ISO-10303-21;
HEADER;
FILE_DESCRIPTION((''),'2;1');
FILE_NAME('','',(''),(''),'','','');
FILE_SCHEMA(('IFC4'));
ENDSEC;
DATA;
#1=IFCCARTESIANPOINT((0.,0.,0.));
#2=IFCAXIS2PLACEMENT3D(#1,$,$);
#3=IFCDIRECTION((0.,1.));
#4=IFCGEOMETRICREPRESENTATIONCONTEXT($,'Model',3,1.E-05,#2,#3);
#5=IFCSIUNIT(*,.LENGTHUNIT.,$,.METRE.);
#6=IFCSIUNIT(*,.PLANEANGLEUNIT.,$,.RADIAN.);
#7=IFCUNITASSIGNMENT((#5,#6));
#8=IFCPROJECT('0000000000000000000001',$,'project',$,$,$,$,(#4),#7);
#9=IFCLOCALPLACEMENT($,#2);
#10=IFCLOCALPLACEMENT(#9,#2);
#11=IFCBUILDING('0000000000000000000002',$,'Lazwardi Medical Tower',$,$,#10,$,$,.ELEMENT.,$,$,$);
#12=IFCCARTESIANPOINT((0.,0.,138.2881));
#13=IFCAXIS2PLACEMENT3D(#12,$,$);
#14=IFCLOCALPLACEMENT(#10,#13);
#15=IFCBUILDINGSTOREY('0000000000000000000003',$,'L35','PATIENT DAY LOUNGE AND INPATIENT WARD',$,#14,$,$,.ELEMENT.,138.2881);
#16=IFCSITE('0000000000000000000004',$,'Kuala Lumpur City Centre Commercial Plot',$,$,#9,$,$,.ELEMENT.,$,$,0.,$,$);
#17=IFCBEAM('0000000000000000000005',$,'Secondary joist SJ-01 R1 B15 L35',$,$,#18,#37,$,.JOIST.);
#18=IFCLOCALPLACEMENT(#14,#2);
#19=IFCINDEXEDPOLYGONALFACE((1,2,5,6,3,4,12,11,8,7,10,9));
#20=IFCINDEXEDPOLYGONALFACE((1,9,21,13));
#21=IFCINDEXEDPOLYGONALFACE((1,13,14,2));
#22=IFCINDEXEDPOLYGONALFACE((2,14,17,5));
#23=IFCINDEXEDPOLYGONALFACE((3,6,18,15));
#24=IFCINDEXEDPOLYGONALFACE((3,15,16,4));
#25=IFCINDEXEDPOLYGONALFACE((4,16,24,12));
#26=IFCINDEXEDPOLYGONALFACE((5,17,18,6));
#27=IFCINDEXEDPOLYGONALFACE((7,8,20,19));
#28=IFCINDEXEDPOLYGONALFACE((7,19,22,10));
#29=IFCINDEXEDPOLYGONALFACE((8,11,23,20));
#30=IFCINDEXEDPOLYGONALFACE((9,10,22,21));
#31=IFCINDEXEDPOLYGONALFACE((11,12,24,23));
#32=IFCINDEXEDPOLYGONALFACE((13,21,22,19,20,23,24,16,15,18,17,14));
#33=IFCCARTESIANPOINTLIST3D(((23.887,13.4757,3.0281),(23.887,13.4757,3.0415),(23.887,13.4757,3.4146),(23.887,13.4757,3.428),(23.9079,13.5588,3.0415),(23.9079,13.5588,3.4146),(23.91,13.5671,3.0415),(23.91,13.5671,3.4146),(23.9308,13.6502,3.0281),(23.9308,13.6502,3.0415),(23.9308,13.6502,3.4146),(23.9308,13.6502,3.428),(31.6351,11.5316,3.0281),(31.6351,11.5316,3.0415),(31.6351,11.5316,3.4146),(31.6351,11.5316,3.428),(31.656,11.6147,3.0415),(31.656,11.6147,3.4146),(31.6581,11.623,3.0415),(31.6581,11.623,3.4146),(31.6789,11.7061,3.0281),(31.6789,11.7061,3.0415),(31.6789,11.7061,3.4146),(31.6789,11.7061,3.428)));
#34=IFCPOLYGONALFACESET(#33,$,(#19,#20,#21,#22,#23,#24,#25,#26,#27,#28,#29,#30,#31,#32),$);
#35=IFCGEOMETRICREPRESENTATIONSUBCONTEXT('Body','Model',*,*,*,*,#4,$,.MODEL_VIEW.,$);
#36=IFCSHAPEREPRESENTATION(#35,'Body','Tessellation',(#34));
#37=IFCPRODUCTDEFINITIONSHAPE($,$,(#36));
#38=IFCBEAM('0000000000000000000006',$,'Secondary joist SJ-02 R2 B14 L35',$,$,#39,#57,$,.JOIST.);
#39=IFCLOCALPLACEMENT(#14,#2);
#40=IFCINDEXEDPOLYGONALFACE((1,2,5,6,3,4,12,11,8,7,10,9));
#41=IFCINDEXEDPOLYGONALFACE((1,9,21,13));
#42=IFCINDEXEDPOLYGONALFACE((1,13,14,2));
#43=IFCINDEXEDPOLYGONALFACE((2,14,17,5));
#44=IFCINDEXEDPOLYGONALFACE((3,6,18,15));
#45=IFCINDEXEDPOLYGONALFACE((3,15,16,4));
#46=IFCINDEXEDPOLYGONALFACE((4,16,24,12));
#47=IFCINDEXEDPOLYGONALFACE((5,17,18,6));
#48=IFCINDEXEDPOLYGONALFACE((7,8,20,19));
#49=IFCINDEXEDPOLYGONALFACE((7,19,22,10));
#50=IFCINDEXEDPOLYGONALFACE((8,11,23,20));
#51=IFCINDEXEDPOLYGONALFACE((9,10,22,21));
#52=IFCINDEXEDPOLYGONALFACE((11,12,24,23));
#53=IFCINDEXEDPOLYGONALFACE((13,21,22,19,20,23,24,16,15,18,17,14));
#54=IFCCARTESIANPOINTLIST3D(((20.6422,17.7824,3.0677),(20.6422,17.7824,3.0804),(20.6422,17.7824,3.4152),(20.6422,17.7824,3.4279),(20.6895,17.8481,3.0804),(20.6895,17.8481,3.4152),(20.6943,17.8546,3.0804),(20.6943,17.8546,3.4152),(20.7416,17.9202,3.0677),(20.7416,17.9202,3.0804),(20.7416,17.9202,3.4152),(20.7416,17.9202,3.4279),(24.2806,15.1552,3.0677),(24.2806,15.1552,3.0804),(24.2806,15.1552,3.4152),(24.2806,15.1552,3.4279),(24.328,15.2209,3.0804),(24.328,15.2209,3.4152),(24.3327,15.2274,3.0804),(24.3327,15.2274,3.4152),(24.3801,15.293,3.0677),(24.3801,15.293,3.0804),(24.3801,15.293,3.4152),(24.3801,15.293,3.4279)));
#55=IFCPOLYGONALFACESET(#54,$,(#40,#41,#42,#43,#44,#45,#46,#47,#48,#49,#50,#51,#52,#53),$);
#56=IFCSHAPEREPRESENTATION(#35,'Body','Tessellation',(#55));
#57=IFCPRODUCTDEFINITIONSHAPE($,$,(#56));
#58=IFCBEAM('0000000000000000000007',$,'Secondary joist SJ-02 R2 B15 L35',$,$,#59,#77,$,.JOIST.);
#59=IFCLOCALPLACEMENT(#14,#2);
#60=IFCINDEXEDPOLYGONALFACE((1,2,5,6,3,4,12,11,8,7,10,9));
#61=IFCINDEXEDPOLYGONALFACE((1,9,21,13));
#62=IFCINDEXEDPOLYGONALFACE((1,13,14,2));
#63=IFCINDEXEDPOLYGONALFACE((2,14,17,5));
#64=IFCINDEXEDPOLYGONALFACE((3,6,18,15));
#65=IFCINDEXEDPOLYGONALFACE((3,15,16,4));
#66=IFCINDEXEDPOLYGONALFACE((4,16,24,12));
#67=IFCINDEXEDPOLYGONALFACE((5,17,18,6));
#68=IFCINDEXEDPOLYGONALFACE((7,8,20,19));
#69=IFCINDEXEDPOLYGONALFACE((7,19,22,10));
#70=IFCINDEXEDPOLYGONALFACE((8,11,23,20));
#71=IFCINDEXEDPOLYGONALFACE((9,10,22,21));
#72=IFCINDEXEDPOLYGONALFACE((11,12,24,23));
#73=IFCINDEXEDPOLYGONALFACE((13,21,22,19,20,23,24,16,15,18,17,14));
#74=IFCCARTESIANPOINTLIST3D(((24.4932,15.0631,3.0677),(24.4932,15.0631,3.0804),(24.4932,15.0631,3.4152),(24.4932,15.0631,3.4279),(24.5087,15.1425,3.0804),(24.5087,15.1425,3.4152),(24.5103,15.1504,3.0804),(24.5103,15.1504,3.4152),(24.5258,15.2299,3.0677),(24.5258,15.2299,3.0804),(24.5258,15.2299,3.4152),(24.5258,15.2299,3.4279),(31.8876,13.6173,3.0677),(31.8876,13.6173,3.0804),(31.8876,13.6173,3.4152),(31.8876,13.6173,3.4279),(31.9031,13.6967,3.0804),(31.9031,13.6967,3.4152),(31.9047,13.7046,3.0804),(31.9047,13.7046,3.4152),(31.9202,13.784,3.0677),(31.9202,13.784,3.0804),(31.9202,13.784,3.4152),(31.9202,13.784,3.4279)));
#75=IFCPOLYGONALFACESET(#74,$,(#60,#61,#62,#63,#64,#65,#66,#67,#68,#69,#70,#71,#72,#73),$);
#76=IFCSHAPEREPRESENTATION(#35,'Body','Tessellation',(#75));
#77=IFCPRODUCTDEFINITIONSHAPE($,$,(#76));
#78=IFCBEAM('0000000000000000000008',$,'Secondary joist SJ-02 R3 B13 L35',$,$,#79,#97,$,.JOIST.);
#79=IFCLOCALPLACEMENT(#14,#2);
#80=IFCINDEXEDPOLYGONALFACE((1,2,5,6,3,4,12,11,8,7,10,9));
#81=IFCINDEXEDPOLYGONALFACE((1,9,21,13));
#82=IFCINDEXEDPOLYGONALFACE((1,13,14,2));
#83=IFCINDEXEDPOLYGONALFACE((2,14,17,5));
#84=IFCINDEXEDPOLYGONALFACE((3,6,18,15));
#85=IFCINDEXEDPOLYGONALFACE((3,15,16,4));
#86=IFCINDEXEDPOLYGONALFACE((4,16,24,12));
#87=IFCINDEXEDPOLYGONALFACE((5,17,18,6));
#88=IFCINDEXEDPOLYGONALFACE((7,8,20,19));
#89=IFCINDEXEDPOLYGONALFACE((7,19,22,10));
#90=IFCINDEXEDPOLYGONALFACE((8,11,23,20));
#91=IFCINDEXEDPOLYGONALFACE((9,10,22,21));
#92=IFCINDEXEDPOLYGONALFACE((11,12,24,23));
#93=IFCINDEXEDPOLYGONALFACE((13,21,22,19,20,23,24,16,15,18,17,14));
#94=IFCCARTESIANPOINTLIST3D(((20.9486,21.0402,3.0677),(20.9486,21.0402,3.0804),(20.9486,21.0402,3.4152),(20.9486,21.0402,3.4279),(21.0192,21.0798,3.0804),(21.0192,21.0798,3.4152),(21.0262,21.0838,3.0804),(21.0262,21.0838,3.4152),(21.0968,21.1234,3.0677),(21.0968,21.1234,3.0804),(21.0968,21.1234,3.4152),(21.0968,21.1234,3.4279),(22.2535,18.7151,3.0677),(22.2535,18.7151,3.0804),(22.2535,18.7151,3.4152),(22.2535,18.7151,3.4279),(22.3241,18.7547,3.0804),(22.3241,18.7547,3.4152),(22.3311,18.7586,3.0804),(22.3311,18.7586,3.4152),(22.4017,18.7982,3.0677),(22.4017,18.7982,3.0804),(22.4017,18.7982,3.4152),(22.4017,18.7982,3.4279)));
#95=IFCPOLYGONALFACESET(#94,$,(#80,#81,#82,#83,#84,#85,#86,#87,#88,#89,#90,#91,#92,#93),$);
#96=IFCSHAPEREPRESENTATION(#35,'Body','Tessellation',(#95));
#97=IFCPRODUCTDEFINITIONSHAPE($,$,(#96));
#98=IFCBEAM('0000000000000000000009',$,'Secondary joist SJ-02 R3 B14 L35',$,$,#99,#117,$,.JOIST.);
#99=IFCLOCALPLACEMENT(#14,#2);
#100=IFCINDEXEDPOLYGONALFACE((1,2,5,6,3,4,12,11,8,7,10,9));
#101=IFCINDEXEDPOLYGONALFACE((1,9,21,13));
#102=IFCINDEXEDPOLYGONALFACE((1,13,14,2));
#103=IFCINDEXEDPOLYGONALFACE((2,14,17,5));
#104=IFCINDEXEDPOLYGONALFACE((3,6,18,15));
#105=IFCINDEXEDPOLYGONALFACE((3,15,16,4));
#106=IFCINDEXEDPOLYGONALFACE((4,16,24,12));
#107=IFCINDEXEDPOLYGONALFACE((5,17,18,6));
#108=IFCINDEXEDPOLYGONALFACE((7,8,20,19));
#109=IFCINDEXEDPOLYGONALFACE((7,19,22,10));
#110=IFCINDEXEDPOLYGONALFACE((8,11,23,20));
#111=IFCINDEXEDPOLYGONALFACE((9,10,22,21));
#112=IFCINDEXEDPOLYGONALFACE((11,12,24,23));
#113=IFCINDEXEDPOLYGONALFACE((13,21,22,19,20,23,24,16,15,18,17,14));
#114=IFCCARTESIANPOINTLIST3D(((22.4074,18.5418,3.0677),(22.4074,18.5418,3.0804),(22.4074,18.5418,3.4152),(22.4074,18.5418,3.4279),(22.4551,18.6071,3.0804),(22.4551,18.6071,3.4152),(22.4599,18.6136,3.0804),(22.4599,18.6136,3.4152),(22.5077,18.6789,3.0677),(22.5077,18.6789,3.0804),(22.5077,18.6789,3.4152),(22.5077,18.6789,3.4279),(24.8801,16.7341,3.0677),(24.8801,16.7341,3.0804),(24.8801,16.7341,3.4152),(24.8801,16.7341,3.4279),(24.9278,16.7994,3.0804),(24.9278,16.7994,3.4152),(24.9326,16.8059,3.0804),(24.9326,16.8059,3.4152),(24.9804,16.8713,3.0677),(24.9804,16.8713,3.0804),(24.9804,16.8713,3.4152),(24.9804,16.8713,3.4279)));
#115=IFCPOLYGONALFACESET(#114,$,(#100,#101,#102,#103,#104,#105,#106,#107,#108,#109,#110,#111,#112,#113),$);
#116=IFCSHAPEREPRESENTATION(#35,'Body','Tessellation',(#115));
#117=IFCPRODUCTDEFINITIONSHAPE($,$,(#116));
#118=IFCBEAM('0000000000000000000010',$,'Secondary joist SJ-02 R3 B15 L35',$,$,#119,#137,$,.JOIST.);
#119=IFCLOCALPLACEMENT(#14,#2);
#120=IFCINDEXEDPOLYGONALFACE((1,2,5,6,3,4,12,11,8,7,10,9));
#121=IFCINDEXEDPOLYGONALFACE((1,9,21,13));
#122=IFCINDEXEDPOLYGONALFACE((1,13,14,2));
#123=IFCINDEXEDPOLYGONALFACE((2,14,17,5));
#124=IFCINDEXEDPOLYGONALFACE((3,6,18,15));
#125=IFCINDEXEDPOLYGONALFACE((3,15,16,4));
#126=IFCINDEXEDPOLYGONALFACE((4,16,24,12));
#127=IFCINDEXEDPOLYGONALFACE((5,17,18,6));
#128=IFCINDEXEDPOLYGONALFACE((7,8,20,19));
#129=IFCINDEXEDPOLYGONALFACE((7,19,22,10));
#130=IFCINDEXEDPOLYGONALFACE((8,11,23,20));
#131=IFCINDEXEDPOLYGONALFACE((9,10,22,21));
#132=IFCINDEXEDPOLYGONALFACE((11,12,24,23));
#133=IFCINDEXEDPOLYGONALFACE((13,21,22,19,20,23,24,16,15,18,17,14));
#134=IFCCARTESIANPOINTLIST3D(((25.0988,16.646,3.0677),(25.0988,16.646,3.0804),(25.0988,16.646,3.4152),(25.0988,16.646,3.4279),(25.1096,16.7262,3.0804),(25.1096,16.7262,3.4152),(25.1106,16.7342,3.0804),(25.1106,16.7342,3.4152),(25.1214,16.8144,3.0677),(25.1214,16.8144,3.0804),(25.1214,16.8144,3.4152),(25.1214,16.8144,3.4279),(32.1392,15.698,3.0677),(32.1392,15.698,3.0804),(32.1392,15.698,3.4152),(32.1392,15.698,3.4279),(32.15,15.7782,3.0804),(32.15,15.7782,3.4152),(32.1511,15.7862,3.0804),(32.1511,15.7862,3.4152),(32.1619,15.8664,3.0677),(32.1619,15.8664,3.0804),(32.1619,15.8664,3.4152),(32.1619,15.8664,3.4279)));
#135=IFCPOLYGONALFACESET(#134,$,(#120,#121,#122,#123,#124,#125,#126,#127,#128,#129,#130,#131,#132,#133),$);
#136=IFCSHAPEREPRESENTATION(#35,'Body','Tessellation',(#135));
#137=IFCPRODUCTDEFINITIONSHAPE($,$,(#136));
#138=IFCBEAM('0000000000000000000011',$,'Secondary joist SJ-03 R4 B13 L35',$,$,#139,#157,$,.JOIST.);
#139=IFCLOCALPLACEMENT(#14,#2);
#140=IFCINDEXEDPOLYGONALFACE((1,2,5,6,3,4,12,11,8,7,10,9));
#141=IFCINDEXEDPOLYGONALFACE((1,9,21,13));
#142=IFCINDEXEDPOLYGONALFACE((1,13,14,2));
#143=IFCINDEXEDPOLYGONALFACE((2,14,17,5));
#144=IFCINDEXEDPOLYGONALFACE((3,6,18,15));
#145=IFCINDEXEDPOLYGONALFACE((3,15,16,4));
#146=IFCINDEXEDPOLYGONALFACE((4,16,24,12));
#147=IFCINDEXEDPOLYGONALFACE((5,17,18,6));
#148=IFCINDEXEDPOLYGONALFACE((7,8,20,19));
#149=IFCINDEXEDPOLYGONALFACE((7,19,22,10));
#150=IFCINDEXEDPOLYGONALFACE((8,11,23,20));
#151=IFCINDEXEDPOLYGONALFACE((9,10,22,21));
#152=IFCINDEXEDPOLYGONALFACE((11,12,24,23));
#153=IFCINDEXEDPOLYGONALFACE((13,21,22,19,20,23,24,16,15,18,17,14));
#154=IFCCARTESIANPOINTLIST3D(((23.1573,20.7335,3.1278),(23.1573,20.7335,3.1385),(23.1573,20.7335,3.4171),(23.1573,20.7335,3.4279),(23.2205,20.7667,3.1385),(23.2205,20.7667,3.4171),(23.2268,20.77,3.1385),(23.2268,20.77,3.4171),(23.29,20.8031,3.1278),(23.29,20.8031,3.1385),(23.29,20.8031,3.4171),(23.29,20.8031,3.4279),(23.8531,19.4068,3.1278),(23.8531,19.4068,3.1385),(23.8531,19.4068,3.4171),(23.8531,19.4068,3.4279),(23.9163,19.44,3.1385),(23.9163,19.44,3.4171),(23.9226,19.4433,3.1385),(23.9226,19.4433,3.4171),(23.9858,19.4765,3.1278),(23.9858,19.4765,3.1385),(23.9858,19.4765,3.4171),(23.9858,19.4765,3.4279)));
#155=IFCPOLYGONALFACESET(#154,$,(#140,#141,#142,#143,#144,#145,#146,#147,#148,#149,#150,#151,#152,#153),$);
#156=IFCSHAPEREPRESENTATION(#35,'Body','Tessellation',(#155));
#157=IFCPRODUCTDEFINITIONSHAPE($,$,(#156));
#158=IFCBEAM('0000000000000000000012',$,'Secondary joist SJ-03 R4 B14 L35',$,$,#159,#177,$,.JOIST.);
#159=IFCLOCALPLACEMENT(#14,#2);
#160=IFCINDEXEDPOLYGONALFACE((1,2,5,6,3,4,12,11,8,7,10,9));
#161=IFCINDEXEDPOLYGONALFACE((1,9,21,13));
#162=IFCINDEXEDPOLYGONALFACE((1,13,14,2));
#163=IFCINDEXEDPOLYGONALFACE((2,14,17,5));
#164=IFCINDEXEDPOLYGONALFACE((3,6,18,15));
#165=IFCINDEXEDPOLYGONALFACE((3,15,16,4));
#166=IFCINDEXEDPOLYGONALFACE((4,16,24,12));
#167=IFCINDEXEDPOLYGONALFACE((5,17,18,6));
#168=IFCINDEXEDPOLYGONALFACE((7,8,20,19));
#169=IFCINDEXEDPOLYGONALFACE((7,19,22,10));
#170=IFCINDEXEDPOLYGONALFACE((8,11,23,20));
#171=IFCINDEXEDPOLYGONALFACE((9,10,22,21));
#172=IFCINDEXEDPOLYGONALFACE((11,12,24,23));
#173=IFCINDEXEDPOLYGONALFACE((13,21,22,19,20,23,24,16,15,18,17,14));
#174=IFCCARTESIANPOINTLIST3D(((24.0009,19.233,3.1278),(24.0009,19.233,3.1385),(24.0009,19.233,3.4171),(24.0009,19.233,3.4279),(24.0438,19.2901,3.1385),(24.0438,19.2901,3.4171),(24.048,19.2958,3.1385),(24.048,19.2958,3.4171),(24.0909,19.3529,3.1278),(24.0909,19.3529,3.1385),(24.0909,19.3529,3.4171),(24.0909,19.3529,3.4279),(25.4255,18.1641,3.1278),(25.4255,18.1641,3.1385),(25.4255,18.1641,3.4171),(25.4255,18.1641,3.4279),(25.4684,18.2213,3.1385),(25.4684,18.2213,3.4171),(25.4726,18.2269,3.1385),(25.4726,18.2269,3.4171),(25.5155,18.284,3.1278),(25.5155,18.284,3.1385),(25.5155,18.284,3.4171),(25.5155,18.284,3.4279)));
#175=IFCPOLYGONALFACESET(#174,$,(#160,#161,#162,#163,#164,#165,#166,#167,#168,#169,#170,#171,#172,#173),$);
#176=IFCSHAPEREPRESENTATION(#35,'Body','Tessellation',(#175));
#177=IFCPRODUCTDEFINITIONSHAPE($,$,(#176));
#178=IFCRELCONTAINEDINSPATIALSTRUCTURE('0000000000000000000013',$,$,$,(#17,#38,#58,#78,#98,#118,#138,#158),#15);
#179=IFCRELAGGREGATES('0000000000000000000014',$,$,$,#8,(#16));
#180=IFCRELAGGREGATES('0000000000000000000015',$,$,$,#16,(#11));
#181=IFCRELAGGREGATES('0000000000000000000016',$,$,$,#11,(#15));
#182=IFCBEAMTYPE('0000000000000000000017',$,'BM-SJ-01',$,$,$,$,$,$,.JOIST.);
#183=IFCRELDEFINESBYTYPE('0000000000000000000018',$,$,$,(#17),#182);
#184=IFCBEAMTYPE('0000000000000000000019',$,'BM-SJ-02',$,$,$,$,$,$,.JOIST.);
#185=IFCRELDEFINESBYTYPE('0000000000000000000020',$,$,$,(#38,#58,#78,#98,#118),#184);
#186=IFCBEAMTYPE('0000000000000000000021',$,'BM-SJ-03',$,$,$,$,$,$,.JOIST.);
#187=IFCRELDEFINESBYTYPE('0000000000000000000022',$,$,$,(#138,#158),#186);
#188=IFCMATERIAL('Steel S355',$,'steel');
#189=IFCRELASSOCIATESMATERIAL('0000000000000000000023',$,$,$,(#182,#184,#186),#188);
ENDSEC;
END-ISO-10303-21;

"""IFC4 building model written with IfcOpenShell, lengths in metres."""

from ifc_helpers import new_model, si_unit, direction, frame, origin, origin_2d, place, context, subcontext, project, spatial, i_section, extrude, material, material_profile, profile_set, type_object, element, save


model = new_model("IFC4")

# Units and contexts
model_context = context("Model", 3, precision=1e-05, world=origin(), true_north=direction((0.0, 1.0)))
body_context = subcontext(model_context, "Body", "Model", "MODEL_VIEW")
ifc_project = project(units=[si_unit("LENGTHUNIT", "METRE"), si_unit("PLANEANGLEUNIT", "RADIAN")], contexts=[model_context])

# Site, building, storey
site_placement = place(None, origin())
site = spatial("IfcSite", under=ifc_project, at=site_placement, Name="Kuala Lumpur City Centre Commercial Plot", CompositionType="ELEMENT", RefElevation=0.0)
building_placement = place(site_placement, origin())
building = spatial("IfcBuilding", under=site, at=building_placement, Name="Lazwardi Medical Tower", CompositionType="ELEMENT")
storey_placement = place(building_placement, frame((0.0, 0.0, 138.2881)))
storey = spatial("IfcBuildingStorey", under=building, at=storey_placement, Name="L35", Description="PATIENT DAY LOUNGE AND INPATIENT WARD", CompositionType="ELEMENT", Elevation=138.2881)

# Beams
ifc_material_1 = material(Name="Steel S355", Category="steel")
ifc_material_profile_1 = material_profile(ifc_material_1, i_section(OverallWidth=0.1799, OverallDepth=0.3999, WebThickness=0.0085, FlangeThickness=0.0134, at=origin_2d()), Name="IPE 400")
ifc_profile_set_1 = profile_set([ifc_material_profile_1], Name="Steel S355")
beam_type_1 = type_object("IfcBeamType", Name="BM-SJ-01", PredefinedType="JOIST", material=ifc_profile_set_1)
beam_1_placement = place(storey_placement, frame((23.9089, 13.563, 3.228), z_axis=(0.969934, -0.24337, 0.0), x_axis=(0.24337, 0.969934, 0.0)))
element("IfcBeam", 1, at=beam_1_placement, inside=storey, type_object=beam_type_1, Name="Secondary joist SJ-01 R1 B15 L35", PredefinedType="JOIST", context=body_context, shape_type="SweptSolid", body=[
    extrude(i_section(OverallWidth=0.1799, OverallDepth=0.3999, WebThickness=0.0085, FlangeThickness=0.0134, at=origin_2d()), origin(), (0.0, 0.0, 1.0), 7.9883),
])
ifc_material_profile_2 = material_profile(ifc_material_1, i_section(OverallWidth=0.1699, OverallDepth=0.3601, WebThickness=0.0081, FlangeThickness=0.0127, at=origin_2d()), Name="IPE 360")
ifc_profile_set_2 = profile_set([ifc_material_profile_2], Name="Steel S355")
beam_type_2 = type_object("IfcBeamType", Name="BM-SJ-02", PredefinedType="JOIST", material=ifc_profile_set_2)
beam_2_placement = place(storey_placement, frame((20.6919, 17.8513, 3.2478), z_axis=(0.810738, -0.585409, 0.0), x_axis=(0.585409, 0.810738, 0.0)))
element("IfcBeam", 2, at=beam_2_placement, inside=storey, type_object=beam_type_2, Name="Secondary joist SJ-02 R2 B14 L35", PredefinedType="JOIST", context=body_context, shape_type="SweptSolid", body=[
    extrude(i_section(OverallWidth=0.1699, OverallDepth=0.3601, WebThickness=0.0081, FlangeThickness=0.0127, at=origin_2d()), origin(), (0.0, 0.0, 1.0), 4.4878),
])
beam_3_placement = place(storey_placement, frame((24.5095, 15.1465, 3.2478), z_axis=(0.981415, -0.191896, 0.0), x_axis=(0.191896, 0.981415, 0.0)))
element("IfcBeam", 3, at=beam_3_placement, inside=storey, type_object=beam_type_2, Name="Secondary joist SJ-02 R2 B15 L35", PredefinedType="JOIST", context=body_context, shape_type="SweptSolid", body=[
    extrude(i_section(OverallWidth=0.1699, OverallDepth=0.3601, WebThickness=0.0081, FlangeThickness=0.0127, at=origin_2d()), origin(), (0.0, 0.0, 1.0), 7.5344),
])
beam_4_placement = place(storey_placement, frame((21.0227, 21.0818, 3.2478), z_axis=(0.489409, -0.872054, 0.0), x_axis=(0.872054, 0.489409, 0.0)))
element("IfcBeam", 4, at=beam_4_placement, inside=storey, type_object=beam_type_2, Name="Secondary joist SJ-02 R3 B13 L35", PredefinedType="JOIST", context=body_context, shape_type="SweptSolid", body=[
    extrude(i_section(OverallWidth=0.1699, OverallDepth=0.3601, WebThickness=0.0081, FlangeThickness=0.0127, at=origin_2d()), origin(), (0.0, 0.0, 1.0), 2.6663),
])
beam_5_placement = place(storey_placement, frame((22.4575, 18.6104, 3.2478), z_axis=(0.807286, -0.59016, 0.0), x_axis=(0.59016, 0.807286, 0.0)))
element("IfcBeam", 5, at=beam_5_placement, inside=storey, type_object=beam_type_2, Name="Secondary joist SJ-02 R3 B14 L35", PredefinedType="JOIST", context=body_context, shape_type="SweptSolid", body=[
    extrude(i_section(OverallWidth=0.1699, OverallDepth=0.3601, WebThickness=0.0081, FlangeThickness=0.0127, at=origin_2d()), origin(), (0.0, 0.0, 1.0), 3.063),
])
beam_6_placement = place(storey_placement, frame((25.1101, 16.7302, 3.2478), z_axis=(0.991056, -0.133444, 0.0), x_axis=(0.133444, 0.991056, 0.0)))
element("IfcBeam", 6, at=beam_6_placement, inside=storey, type_object=beam_type_2, Name="Secondary joist SJ-02 R3 B15 L35", PredefinedType="JOIST", context=body_context, shape_type="SweptSolid", body=[
    extrude(i_section(OverallWidth=0.1699, OverallDepth=0.3601, WebThickness=0.0081, FlangeThickness=0.0127, at=origin_2d()), origin(), (0.0, 0.0, 1.0), 7.104),
])
ifc_material_profile_3 = material_profile(ifc_material_1, i_section(OverallWidth=0.1499, OverallDepth=0.3, WebThickness=0.0071, FlangeThickness=0.0107, at=origin_2d()), Name="IPE 300")
ifc_profile_set_3 = profile_set([ifc_material_profile_3], Name="Steel S355")
beam_type_3 = type_object("IfcBeamType", Name="BM-SJ-03", PredefinedType="JOIST", material=ifc_profile_set_3)
beam_7_placement = place(storey_placement, frame((23.2236, 20.7683, 3.2778), z_axis=(0.46447, -0.885589, 0.0), x_axis=(0.885589, 0.46447, 0.0)))
element("IfcBeam", 7, at=beam_7_placement, inside=storey, type_object=beam_type_3, Name="Secondary joist SJ-03 R4 B13 L35", PredefinedType="JOIST", context=body_context, shape_type="SweptSolid", body=[
    extrude(i_section(OverallWidth=0.1499, OverallDepth=0.3, WebThickness=0.0071, FlangeThickness=0.0107, at=origin_2d()), origin(), (0.0, 0.0, 1.0), 1.498),
])
beam_8_placement = place(storey_placement, frame((24.0459, 19.293, 3.2778), z_axis=(0.799885, -0.600154, 0.0), x_axis=(0.600154, 0.799885, 0.0)))
element("IfcBeam", 8, at=beam_8_placement, inside=storey, type_object=beam_type_3, Name="Secondary joist SJ-03 R4 B14 L35", PredefinedType="JOIST", context=body_context, shape_type="SweptSolid", body=[
    extrude(i_section(OverallWidth=0.1499, OverallDepth=0.3, WebThickness=0.0071, FlangeThickness=0.0107, at=origin_2d()), origin(), (0.0, 0.0, 1.0), 1.781),
])

save(model, "model.ifc")
